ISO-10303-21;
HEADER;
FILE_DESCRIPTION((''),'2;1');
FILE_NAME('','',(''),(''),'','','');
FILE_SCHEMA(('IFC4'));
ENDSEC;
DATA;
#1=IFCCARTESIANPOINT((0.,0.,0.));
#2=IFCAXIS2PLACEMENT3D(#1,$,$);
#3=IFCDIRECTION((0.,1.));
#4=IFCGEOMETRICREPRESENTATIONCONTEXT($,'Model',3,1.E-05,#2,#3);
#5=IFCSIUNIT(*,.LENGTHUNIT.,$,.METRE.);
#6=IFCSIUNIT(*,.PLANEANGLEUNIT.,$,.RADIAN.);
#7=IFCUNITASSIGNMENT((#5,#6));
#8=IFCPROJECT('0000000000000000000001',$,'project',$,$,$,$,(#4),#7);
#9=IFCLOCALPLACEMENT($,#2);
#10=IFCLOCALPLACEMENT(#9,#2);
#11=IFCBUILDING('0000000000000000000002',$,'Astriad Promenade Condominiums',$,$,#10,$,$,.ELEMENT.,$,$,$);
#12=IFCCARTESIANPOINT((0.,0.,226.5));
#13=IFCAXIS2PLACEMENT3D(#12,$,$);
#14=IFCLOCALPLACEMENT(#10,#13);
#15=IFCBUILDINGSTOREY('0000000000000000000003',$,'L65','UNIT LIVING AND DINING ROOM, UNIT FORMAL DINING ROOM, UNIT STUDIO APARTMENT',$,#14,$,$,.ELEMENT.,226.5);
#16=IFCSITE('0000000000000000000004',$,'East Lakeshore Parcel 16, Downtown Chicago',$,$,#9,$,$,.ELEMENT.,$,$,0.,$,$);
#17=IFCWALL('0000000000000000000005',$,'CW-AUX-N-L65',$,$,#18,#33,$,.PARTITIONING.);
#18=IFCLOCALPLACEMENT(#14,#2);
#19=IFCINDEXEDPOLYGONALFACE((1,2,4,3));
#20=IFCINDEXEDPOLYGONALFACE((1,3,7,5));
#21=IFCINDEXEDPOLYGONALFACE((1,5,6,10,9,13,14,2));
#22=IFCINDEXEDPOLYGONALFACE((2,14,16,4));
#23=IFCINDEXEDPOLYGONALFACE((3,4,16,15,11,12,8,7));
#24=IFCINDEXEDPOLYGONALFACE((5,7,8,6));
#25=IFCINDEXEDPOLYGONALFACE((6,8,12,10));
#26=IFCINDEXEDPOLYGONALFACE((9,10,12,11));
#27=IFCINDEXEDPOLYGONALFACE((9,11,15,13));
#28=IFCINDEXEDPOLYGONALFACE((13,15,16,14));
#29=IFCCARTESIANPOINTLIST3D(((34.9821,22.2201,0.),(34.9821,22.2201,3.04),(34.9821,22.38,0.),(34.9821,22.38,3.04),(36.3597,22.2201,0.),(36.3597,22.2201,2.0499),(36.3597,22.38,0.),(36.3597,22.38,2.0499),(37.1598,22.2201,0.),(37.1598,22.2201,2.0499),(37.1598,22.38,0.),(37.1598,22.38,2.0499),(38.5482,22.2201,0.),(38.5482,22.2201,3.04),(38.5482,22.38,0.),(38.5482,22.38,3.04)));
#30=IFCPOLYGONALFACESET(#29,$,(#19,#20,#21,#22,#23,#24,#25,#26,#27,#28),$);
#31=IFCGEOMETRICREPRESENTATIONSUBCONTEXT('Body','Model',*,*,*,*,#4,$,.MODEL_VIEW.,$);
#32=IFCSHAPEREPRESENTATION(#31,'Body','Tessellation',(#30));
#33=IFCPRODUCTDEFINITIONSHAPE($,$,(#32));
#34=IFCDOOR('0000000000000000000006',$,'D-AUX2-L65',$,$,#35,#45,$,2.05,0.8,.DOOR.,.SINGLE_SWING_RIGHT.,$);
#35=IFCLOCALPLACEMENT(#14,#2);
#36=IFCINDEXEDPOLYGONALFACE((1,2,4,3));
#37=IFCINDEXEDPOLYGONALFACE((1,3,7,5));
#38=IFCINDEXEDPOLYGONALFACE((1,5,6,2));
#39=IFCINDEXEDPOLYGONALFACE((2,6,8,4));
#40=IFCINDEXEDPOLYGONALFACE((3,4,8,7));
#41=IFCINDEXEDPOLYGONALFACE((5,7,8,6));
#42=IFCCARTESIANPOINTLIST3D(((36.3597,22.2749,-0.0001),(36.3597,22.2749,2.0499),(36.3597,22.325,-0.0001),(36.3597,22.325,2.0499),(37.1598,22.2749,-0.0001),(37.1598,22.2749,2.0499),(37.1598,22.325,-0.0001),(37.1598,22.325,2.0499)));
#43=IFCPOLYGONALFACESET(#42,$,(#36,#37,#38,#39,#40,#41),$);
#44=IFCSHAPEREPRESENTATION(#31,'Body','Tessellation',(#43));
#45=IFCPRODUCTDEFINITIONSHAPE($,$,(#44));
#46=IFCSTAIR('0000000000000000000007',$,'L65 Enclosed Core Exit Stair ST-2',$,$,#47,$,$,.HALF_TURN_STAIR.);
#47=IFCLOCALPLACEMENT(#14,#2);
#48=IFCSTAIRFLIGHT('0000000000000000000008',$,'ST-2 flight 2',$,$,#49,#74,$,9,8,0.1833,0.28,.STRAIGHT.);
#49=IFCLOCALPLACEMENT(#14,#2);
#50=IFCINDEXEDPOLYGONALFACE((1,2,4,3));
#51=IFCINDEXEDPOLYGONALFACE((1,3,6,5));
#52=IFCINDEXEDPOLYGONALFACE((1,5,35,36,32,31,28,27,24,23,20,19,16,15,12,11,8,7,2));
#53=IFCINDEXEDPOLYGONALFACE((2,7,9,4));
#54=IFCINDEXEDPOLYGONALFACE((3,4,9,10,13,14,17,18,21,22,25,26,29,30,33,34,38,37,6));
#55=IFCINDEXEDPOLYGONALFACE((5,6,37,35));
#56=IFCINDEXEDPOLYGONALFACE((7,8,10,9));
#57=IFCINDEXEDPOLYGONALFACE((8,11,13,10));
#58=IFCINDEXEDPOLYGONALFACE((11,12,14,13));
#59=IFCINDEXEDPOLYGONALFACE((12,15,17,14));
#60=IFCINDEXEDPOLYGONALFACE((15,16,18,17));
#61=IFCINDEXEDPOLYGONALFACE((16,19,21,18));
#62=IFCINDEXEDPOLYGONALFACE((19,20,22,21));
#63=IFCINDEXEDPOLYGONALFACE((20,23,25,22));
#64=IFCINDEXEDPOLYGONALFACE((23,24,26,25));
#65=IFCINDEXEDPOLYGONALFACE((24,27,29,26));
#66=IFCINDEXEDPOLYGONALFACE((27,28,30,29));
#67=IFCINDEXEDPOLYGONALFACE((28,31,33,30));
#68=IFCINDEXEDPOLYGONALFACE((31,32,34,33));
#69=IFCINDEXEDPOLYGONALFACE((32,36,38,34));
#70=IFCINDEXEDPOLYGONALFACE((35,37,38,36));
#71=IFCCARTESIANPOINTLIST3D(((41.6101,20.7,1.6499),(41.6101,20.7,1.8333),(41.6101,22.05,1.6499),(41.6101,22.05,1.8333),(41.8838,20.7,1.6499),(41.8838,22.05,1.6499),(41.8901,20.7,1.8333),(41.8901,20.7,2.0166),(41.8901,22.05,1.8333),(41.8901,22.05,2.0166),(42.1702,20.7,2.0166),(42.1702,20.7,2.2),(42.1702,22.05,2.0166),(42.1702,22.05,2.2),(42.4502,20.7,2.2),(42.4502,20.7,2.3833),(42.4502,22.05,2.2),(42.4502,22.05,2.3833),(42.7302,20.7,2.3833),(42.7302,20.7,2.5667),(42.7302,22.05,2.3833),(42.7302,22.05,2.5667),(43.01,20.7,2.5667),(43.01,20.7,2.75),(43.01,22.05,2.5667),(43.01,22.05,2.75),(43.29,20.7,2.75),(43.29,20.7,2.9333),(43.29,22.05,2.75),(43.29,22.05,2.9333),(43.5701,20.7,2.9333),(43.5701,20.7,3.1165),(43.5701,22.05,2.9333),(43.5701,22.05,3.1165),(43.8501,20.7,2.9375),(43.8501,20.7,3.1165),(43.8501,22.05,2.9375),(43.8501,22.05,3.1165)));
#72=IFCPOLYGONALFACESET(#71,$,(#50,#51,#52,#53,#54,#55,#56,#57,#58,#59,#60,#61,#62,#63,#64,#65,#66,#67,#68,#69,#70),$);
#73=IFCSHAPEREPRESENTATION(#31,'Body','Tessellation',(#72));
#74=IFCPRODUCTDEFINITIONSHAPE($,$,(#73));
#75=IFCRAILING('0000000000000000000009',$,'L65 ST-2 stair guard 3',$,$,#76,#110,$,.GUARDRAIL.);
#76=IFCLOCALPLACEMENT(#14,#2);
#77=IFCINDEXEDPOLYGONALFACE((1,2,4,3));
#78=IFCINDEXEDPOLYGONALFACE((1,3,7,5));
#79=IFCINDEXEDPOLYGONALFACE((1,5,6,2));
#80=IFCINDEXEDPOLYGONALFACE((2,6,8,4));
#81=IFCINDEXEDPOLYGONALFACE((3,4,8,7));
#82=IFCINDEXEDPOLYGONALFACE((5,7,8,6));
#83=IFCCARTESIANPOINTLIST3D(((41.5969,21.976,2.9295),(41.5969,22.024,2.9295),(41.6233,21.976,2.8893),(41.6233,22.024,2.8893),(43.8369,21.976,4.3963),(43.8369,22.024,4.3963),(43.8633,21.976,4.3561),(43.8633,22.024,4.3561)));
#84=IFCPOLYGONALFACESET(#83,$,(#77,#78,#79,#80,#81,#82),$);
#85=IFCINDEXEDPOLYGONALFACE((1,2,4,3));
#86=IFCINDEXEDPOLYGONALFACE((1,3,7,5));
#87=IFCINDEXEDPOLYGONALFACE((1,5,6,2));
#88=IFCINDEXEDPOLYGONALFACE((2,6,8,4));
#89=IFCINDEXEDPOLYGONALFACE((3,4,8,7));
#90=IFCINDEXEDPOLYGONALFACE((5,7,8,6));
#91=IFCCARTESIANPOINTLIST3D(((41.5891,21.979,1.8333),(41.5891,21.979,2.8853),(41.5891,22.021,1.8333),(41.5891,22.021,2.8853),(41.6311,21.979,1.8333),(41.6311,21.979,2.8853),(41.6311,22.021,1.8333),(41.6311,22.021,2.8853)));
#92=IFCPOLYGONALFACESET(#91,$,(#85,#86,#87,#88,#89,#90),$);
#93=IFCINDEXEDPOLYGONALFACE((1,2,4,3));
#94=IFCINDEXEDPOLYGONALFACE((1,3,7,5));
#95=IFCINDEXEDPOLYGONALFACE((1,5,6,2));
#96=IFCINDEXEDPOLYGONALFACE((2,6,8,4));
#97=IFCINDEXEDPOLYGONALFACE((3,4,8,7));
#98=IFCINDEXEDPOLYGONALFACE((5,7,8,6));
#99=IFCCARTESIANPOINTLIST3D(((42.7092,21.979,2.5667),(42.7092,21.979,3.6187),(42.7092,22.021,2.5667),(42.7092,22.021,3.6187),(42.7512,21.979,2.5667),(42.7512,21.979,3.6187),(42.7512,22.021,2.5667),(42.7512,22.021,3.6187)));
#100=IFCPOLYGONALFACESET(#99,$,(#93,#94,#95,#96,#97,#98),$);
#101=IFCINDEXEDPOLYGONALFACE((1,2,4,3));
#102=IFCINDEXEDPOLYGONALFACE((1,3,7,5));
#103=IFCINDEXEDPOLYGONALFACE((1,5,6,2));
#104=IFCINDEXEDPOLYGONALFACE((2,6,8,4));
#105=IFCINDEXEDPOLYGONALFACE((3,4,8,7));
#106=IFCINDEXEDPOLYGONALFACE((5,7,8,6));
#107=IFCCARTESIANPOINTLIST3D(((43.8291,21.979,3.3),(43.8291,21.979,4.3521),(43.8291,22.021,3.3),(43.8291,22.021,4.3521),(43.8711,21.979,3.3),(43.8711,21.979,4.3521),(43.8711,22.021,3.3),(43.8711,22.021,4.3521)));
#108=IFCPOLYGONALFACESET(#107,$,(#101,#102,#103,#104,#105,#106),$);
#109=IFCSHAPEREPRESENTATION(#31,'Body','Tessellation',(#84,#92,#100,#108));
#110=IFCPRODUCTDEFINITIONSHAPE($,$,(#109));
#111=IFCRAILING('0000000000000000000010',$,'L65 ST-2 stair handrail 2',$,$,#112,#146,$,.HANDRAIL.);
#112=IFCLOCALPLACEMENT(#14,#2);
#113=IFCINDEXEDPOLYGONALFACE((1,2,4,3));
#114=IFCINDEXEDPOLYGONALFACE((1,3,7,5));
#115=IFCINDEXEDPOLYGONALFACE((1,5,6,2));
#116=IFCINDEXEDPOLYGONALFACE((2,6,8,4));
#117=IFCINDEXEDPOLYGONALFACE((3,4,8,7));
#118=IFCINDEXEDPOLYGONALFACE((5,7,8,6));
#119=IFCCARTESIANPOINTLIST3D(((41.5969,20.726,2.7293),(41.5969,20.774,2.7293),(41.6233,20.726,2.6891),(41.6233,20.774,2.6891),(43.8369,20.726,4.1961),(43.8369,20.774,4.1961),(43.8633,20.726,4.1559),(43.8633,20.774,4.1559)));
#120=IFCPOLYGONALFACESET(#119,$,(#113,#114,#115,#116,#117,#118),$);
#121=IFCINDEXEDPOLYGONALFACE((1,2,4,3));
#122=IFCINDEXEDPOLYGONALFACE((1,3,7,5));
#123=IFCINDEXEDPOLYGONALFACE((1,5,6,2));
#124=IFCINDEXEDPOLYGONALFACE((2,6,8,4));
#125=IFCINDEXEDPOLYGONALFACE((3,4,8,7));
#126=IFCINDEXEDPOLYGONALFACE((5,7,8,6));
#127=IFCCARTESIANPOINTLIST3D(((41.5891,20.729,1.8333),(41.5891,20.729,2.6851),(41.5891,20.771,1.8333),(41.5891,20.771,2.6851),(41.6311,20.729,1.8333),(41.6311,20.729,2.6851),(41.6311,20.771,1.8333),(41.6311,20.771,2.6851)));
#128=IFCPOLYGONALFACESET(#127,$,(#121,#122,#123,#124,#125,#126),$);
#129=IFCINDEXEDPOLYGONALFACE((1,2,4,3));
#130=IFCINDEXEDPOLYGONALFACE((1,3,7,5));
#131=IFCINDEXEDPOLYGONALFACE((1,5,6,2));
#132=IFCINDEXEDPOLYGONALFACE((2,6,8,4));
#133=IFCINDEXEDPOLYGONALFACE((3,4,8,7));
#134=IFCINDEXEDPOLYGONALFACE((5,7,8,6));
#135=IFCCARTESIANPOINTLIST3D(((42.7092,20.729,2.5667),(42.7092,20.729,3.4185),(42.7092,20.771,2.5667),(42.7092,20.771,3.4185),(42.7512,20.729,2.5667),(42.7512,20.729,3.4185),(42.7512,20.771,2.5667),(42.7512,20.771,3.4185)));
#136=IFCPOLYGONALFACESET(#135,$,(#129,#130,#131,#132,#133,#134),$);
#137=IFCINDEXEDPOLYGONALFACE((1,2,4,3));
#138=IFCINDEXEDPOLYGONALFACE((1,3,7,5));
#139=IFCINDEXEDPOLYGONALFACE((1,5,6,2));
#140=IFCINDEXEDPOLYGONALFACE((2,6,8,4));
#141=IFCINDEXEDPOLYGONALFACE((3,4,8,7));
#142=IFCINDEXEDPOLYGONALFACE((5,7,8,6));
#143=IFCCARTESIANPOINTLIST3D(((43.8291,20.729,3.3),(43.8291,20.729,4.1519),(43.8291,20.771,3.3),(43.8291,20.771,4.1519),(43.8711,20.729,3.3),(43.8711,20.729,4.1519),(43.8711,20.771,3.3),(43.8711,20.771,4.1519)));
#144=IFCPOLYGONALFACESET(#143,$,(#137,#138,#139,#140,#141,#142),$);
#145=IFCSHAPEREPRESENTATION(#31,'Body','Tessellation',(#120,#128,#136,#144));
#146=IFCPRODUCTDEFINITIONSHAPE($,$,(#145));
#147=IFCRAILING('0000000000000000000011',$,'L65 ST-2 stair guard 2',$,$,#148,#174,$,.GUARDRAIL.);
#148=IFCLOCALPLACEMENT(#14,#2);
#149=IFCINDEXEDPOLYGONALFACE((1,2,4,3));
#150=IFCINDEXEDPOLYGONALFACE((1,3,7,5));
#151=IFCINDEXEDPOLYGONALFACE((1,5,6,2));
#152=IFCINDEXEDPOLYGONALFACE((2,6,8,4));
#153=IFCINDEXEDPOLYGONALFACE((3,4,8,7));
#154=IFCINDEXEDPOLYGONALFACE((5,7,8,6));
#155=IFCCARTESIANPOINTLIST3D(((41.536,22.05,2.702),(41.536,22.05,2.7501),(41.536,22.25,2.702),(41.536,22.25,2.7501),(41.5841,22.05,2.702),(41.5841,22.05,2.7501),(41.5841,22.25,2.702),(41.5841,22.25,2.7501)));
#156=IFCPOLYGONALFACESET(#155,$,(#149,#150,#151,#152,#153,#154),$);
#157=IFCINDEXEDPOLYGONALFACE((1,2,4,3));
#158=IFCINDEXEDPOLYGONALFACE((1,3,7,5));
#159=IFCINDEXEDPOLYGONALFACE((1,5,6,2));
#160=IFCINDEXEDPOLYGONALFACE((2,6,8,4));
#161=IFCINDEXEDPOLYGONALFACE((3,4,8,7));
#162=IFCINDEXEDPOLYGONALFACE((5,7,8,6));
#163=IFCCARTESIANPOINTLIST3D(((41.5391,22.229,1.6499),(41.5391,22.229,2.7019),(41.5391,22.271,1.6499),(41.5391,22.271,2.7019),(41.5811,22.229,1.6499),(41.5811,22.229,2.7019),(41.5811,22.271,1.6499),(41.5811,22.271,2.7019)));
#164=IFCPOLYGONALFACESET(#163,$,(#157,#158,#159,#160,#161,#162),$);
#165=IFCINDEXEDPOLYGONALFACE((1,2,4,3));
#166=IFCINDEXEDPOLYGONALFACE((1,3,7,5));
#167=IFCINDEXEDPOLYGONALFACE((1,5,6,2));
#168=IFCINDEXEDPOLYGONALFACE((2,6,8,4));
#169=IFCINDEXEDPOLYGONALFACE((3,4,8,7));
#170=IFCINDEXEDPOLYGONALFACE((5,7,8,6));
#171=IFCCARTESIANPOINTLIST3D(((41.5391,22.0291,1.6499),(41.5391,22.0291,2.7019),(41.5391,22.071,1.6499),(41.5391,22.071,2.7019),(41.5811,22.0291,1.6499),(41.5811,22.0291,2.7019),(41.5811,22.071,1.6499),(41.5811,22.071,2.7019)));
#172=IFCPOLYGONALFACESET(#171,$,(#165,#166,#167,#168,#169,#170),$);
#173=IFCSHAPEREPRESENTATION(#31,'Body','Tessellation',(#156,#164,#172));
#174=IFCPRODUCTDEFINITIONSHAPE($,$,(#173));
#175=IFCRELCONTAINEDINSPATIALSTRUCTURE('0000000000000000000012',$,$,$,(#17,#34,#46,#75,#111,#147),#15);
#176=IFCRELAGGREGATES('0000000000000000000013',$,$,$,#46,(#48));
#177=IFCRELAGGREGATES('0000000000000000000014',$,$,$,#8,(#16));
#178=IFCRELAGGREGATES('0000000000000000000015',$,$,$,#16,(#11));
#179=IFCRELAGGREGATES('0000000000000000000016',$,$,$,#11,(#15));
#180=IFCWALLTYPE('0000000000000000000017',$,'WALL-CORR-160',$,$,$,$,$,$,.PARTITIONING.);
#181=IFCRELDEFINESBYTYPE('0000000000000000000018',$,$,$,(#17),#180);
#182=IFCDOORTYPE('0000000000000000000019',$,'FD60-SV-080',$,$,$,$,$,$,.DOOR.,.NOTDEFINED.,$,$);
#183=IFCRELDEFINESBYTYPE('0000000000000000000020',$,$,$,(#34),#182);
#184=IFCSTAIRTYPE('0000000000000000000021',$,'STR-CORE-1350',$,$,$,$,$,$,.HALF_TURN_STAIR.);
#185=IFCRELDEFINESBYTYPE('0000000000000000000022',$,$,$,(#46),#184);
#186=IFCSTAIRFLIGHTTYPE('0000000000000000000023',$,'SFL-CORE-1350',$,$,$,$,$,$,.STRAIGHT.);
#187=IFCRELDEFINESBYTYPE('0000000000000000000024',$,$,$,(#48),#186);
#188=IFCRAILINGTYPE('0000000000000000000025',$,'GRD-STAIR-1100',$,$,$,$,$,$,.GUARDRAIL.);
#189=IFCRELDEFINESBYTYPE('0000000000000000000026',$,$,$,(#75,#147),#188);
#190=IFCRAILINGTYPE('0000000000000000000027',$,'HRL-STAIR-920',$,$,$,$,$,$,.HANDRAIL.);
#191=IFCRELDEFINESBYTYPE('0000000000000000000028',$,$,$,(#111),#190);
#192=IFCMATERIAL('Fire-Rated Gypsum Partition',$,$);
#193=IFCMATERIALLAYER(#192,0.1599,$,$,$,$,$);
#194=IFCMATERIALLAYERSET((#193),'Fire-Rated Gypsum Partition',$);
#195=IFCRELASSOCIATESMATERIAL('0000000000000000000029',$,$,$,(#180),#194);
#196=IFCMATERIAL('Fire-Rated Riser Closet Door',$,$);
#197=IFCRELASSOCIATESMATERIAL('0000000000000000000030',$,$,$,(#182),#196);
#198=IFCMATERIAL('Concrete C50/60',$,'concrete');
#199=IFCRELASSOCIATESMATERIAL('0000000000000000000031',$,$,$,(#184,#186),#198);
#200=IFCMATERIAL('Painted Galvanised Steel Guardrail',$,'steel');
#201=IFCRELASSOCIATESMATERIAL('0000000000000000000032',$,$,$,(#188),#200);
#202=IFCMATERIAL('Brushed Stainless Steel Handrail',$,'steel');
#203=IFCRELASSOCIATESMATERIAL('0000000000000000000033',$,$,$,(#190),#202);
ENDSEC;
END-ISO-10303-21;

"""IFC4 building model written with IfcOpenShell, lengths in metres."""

from ifc_helpers import new_model, si_unit, direction, frame, frame_2d, origin, origin_2d, place, context, subcontext, project, spatial, polyline, rectangle, outline, extrude, source, transform, mapped, material, layer, layer_set, type_object, type_shapes, element, fill, aggregate, save


model = new_model("IFC4")

# Units and contexts
model_context = context("Model", 3, precision=1e-05, world=origin(), true_north=direction((0.0, 1.0)))
body_context = subcontext(model_context, "Body", "Model", "MODEL_VIEW")
ifc_project = project(units=[si_unit("LENGTHUNIT", "METRE"), si_unit("PLANEANGLEUNIT", "RADIAN")], contexts=[model_context])

# Site, building, storey
site_placement = place(None, origin())
site = spatial("IfcSite", under=ifc_project, at=site_placement, Name="East Lakeshore Parcel 16, Downtown Chicago", CompositionType="ELEMENT", RefElevation=0.0)
building_placement = place(site_placement, origin())
building = spatial("IfcBuilding", under=site, at=building_placement, Name="Astriad Promenade Condominiums", CompositionType="ELEMENT")
storey_placement = place(building_placement, frame((0.0, 0.0, 226.5)))
storey = spatial("IfcBuildingStorey", under=building, at=storey_placement, Name="L65", Description="UNIT LIVING AND DINING ROOM, UNIT FORMAL DINING ROOM, UNIT STUDIO APARTMENT", CompositionType="ELEMENT", Elevation=226.5)

# Shared definitions
ifc_material_1 = material(Name="Concrete C50/60", Category="concrete")

# Shared definitions
ifc_material_2 = material(Name="Fire-Rated Gypsum Partition")
ifc_layer_1 = layer(ifc_material_2, 0.1599)
ifc_layer_set_1 = layer_set([ifc_layer_1], Name="Fire-Rated Gypsum Partition")
wall_type_1 = type_object("IfcWallType", Name="WALL-CORR-160", PredefinedType="PARTITIONING", material=ifc_layer_set_1)

# Wall, opening, door
ifc_material_3 = material(Name="Fire-Rated Riser Closet Door")
door_type_1 = type_object("IfcDoorType", Name="FD60-SV-080", OperationType="NOTDEFINED", PredefinedType="DOOR", material=ifc_material_3)
shared_shape_1 = source(origin(), body_context, "Body", "SweptSolid", [
    extrude(rectangle(XDim=0.8, YDim=2.05, at=frame_2d((0.3999, 1.0249))), frame((0.0, 0.0249, 0.0), z_axis=(0.0, -1.0, 0.0), x_axis=(1.0, 0.0, 0.0)), (0.0, 0.0, 1.0), 0.05),
])
type_shapes(door_type_1, [shared_shape_1])
wall_1_placement = place(storey_placement, frame((34.9819, 22.3, 0.0), z_axis=(0.0, 0.0, 1.0), x_axis=(1.0, 0.0, 0.0)))
wall_1 = element("IfcWall", 1, at=wall_1_placement, inside=storey, type_object=wall_type_1, Name="CW-AUX-N-L65", PredefinedType="PARTITIONING", context=body_context, shape_type="SweptSolid", body=[
    extrude(rectangle(XDim=3.5662, YDim=0.1599, at=frame_2d((1.7832, 0.0))), origin(), (0.0, 0.0, 1.0), 3.04),
])
opening_1_placement = place(wall_1_placement, frame((1.3779, 0.0, 0.0)))
opening_1 = element("IfcOpeningElement", 2, at=opening_1_placement, cuts=wall_1, PredefinedType="OPENING", context=body_context, shape_type="SweptSolid", body=[
    extrude(rectangle(XDim=0.8, YDim=2.05, at=frame_2d((0.3999, 1.0249))), frame((0.0, 0.0898, 0.0), z_axis=(0.0, -1.0, 0.0), x_axis=(1.0, 0.0, 0.0)), (0.0, 0.0, 1.0), 0.1799),
])
door_1_placement = place(opening_1_placement, origin())
door_1 = element("IfcDoor", 3, at=door_1_placement, inside=storey, type_object=door_type_1, Name="D-AUX2-L65", OperationType="SINGLE_SWING_RIGHT", OverallHeight=2.05, OverallWidth=0.8, PredefinedType="DOOR", context=body_context, shape_type="MappedRepresentation", body=[
    mapped(shared_shape_1, transform((0.0, 0.0, 0.0), scale=1.0)),
])
fill(opening_1, door_1)

# Stair, stair flight
stair_type = type_object("IfcStairType", Name="STR-CORE-1350", PredefinedType="HALF_TURN_STAIR", material=ifc_material_1)
stair_placement = place(storey_placement, origin())
stair = element("IfcStair", 4, at=stair_placement, inside=storey, type_object=stair_type, Name="L65 Enclosed Core Exit Stair ST-2", PredefinedType="HALF_TURN_STAIR")
stair_flight_type = type_object("IfcStairFlightType", Name="SFL-CORE-1350", PredefinedType="STRAIGHT", material=ifc_material_1)
shared_shape_2 = source(origin(), body_context, "Body", "SweptSolid", [
    extrude(outline(polyline([(0.0, 0.0), (0.0, 0.1833), (0.28, 0.1833), (0.28, 0.3667), (0.5601, 0.3667), (0.5601, 0.55), (0.8401, 0.55), (0.8401, 0.7334), (1.1201, 0.7334), (1.1201, 0.9167), (1.3999, 0.9167), (1.3999, 1.1001), (1.6799, 1.1001), (1.6799, 1.2834), (1.96, 1.2834), (1.96, 1.4666), (2.24, 1.4666), (2.24, 1.6499), (2.24, 1.2876), (0.2737, 0.0), (0.0, 0.0)])), frame((0.0, 0.675, 0.0), z_axis=(0.0, -1.0, 0.0), x_axis=(1.0, 0.0, 0.0)), (0.0, 0.0, 1.0), 1.3501),
])
type_shapes(stair_flight_type, [shared_shape_2])
stair_flight_placement = place(storey_placement, frame((41.6101, 21.375, 1.6499), z_axis=(0.0, 0.0, 1.0), x_axis=(1.0, 0.0, 0.0)))
stair_flight = element("IfcStairFlight", 5, at=stair_flight_placement, type_object=stair_flight_type, Name="ST-2 flight 2", NumberOfRisers=9, NumberOfTreads=8, PredefinedType="STRAIGHT", RiserHeight=0.1833, TreadLength=0.28, context=body_context, shape_type="MappedRepresentation", body=[
    mapped(shared_shape_2, transform((0.0, 0.0, 0.0), scale=1.0)),
])
aggregate(stair, [stair_flight])

# Railings
ifc_material_4 = material(Name="Painted Galvanised Steel Guardrail", Category="steel")
railing_type_1 = type_object("IfcRailingType", Name="GRD-STAIR-1100", PredefinedType="GUARDRAIL", material=ifc_material_4)
shared_shape_3 = source(origin(), body_context, "Body", "SweptSolid", [
    extrude(rectangle(XDim=0.0481, YDim=0.0481, at=origin_2d()), frame((0.0, 0.0, 1.0762), z_axis=(0.836595, 0.0, 0.547822), x_axis=(0.0, 1.0, 0.0)), (0.0, 0.0, 1.0), 2.6775),
    extrude(rectangle(XDim=0.042, YDim=0.042, at=origin_2d()), origin(), (0.0, 0.0, 1.0), 1.052),
    extrude(rectangle(XDim=0.042, YDim=0.042, at=origin_2d()), frame((1.1201, 0.0, 0.7334)), (0.0, 0.0, 1.0), 1.052),
    extrude(rectangle(XDim=0.042, YDim=0.042, at=origin_2d()), frame((2.24, 0.0, 1.4668)), (0.0, 0.0, 1.0), 1.052),
])
railing_1_placement = place(storey_placement, frame((41.6101, 22.0, 1.8333)))
element("IfcRailing", 6, at=railing_1_placement, inside=storey, type_object=railing_type_1, Name="L65 ST-2 stair guard 3", PredefinedType="GUARDRAIL", context=body_context, shape_type="MappedRepresentation", body=[
    mapped(shared_shape_3, transform((0.0, 0.0, 0.0), scale=1.0)),
])
ifc_material_5 = material(Name="Brushed Stainless Steel Handrail", Category="steel")
railing_type_2 = type_object("IfcRailingType", Name="HRL-STAIR-920", PredefinedType="HANDRAIL", material=ifc_material_5)
shared_shape_4 = source(origin(), body_context, "Body", "SweptSolid", [
    extrude(rectangle(XDim=0.0481, YDim=0.0481, at=origin_2d()), frame((0.0, 0.0, 0.876), z_axis=(0.836595, 0.0, 0.547822), x_axis=(0.0, 1.0, 0.0)), (0.0, 0.0, 1.0), 2.6775),
    extrude(rectangle(XDim=0.042, YDim=0.042, at=origin_2d()), origin(), (0.0, 0.0, 1.0), 0.8518),
    extrude(rectangle(XDim=0.042, YDim=0.042, at=origin_2d()), frame((1.1201, 0.0, 0.7334)), (0.0, 0.0, 1.0), 0.8518),
    extrude(rectangle(XDim=0.042, YDim=0.042, at=origin_2d()), frame((2.24, 0.0, 1.4668)), (0.0, 0.0, 1.0), 0.8518),
])
type_shapes(railing_type_2, [shared_shape_4])
railing_2_placement = place(storey_placement, frame((41.6101, 20.75, 1.8333)))
element("IfcRailing", 7, at=railing_2_placement, inside=storey, type_object=railing_type_2, Name="L65 ST-2 stair handrail 2", PredefinedType="HANDRAIL", context=body_context, shape_type="MappedRepresentation", body=[
    mapped(shared_shape_4, transform((0.0, 0.0, 0.0), scale=1.0)),
])
shared_shape_5 = source(origin(), body_context, "Body", "SweptSolid", [
    extrude(rectangle(XDim=0.0481, YDim=0.0481, at=origin_2d()), frame((0.0, 0.0, 1.0762), z_axis=(0.0, -1.0, 0.0), x_axis=(1.0, 0.0, 0.0)), (0.0, 0.0, 1.0), 0.2),
    extrude(rectangle(XDim=0.042, YDim=0.042, at=origin_2d()), origin(), (0.0, 0.0, 1.0), 1.052),
    extrude(rectangle(XDim=0.042, YDim=0.042, at=origin_2d()), frame((0.0, -0.2, 0.0)), (0.0, 0.0, 1.0), 1.052),
])
type_shapes(railing_type_1, [shared_shape_3, shared_shape_5])
railing_3_placement = place(storey_placement, frame((41.5601, 22.25, 1.6499)))
element("IfcRailing", 8, at=railing_3_placement, inside=storey, type_object=railing_type_1, Name="L65 ST-2 stair guard 2", PredefinedType="GUARDRAIL", context=body_context, shape_type="MappedRepresentation", body=[
    mapped(shared_shape_5, transform((0.0, 0.0, 0.0), scale=1.0)),
])

save(model, "model.ifc")
